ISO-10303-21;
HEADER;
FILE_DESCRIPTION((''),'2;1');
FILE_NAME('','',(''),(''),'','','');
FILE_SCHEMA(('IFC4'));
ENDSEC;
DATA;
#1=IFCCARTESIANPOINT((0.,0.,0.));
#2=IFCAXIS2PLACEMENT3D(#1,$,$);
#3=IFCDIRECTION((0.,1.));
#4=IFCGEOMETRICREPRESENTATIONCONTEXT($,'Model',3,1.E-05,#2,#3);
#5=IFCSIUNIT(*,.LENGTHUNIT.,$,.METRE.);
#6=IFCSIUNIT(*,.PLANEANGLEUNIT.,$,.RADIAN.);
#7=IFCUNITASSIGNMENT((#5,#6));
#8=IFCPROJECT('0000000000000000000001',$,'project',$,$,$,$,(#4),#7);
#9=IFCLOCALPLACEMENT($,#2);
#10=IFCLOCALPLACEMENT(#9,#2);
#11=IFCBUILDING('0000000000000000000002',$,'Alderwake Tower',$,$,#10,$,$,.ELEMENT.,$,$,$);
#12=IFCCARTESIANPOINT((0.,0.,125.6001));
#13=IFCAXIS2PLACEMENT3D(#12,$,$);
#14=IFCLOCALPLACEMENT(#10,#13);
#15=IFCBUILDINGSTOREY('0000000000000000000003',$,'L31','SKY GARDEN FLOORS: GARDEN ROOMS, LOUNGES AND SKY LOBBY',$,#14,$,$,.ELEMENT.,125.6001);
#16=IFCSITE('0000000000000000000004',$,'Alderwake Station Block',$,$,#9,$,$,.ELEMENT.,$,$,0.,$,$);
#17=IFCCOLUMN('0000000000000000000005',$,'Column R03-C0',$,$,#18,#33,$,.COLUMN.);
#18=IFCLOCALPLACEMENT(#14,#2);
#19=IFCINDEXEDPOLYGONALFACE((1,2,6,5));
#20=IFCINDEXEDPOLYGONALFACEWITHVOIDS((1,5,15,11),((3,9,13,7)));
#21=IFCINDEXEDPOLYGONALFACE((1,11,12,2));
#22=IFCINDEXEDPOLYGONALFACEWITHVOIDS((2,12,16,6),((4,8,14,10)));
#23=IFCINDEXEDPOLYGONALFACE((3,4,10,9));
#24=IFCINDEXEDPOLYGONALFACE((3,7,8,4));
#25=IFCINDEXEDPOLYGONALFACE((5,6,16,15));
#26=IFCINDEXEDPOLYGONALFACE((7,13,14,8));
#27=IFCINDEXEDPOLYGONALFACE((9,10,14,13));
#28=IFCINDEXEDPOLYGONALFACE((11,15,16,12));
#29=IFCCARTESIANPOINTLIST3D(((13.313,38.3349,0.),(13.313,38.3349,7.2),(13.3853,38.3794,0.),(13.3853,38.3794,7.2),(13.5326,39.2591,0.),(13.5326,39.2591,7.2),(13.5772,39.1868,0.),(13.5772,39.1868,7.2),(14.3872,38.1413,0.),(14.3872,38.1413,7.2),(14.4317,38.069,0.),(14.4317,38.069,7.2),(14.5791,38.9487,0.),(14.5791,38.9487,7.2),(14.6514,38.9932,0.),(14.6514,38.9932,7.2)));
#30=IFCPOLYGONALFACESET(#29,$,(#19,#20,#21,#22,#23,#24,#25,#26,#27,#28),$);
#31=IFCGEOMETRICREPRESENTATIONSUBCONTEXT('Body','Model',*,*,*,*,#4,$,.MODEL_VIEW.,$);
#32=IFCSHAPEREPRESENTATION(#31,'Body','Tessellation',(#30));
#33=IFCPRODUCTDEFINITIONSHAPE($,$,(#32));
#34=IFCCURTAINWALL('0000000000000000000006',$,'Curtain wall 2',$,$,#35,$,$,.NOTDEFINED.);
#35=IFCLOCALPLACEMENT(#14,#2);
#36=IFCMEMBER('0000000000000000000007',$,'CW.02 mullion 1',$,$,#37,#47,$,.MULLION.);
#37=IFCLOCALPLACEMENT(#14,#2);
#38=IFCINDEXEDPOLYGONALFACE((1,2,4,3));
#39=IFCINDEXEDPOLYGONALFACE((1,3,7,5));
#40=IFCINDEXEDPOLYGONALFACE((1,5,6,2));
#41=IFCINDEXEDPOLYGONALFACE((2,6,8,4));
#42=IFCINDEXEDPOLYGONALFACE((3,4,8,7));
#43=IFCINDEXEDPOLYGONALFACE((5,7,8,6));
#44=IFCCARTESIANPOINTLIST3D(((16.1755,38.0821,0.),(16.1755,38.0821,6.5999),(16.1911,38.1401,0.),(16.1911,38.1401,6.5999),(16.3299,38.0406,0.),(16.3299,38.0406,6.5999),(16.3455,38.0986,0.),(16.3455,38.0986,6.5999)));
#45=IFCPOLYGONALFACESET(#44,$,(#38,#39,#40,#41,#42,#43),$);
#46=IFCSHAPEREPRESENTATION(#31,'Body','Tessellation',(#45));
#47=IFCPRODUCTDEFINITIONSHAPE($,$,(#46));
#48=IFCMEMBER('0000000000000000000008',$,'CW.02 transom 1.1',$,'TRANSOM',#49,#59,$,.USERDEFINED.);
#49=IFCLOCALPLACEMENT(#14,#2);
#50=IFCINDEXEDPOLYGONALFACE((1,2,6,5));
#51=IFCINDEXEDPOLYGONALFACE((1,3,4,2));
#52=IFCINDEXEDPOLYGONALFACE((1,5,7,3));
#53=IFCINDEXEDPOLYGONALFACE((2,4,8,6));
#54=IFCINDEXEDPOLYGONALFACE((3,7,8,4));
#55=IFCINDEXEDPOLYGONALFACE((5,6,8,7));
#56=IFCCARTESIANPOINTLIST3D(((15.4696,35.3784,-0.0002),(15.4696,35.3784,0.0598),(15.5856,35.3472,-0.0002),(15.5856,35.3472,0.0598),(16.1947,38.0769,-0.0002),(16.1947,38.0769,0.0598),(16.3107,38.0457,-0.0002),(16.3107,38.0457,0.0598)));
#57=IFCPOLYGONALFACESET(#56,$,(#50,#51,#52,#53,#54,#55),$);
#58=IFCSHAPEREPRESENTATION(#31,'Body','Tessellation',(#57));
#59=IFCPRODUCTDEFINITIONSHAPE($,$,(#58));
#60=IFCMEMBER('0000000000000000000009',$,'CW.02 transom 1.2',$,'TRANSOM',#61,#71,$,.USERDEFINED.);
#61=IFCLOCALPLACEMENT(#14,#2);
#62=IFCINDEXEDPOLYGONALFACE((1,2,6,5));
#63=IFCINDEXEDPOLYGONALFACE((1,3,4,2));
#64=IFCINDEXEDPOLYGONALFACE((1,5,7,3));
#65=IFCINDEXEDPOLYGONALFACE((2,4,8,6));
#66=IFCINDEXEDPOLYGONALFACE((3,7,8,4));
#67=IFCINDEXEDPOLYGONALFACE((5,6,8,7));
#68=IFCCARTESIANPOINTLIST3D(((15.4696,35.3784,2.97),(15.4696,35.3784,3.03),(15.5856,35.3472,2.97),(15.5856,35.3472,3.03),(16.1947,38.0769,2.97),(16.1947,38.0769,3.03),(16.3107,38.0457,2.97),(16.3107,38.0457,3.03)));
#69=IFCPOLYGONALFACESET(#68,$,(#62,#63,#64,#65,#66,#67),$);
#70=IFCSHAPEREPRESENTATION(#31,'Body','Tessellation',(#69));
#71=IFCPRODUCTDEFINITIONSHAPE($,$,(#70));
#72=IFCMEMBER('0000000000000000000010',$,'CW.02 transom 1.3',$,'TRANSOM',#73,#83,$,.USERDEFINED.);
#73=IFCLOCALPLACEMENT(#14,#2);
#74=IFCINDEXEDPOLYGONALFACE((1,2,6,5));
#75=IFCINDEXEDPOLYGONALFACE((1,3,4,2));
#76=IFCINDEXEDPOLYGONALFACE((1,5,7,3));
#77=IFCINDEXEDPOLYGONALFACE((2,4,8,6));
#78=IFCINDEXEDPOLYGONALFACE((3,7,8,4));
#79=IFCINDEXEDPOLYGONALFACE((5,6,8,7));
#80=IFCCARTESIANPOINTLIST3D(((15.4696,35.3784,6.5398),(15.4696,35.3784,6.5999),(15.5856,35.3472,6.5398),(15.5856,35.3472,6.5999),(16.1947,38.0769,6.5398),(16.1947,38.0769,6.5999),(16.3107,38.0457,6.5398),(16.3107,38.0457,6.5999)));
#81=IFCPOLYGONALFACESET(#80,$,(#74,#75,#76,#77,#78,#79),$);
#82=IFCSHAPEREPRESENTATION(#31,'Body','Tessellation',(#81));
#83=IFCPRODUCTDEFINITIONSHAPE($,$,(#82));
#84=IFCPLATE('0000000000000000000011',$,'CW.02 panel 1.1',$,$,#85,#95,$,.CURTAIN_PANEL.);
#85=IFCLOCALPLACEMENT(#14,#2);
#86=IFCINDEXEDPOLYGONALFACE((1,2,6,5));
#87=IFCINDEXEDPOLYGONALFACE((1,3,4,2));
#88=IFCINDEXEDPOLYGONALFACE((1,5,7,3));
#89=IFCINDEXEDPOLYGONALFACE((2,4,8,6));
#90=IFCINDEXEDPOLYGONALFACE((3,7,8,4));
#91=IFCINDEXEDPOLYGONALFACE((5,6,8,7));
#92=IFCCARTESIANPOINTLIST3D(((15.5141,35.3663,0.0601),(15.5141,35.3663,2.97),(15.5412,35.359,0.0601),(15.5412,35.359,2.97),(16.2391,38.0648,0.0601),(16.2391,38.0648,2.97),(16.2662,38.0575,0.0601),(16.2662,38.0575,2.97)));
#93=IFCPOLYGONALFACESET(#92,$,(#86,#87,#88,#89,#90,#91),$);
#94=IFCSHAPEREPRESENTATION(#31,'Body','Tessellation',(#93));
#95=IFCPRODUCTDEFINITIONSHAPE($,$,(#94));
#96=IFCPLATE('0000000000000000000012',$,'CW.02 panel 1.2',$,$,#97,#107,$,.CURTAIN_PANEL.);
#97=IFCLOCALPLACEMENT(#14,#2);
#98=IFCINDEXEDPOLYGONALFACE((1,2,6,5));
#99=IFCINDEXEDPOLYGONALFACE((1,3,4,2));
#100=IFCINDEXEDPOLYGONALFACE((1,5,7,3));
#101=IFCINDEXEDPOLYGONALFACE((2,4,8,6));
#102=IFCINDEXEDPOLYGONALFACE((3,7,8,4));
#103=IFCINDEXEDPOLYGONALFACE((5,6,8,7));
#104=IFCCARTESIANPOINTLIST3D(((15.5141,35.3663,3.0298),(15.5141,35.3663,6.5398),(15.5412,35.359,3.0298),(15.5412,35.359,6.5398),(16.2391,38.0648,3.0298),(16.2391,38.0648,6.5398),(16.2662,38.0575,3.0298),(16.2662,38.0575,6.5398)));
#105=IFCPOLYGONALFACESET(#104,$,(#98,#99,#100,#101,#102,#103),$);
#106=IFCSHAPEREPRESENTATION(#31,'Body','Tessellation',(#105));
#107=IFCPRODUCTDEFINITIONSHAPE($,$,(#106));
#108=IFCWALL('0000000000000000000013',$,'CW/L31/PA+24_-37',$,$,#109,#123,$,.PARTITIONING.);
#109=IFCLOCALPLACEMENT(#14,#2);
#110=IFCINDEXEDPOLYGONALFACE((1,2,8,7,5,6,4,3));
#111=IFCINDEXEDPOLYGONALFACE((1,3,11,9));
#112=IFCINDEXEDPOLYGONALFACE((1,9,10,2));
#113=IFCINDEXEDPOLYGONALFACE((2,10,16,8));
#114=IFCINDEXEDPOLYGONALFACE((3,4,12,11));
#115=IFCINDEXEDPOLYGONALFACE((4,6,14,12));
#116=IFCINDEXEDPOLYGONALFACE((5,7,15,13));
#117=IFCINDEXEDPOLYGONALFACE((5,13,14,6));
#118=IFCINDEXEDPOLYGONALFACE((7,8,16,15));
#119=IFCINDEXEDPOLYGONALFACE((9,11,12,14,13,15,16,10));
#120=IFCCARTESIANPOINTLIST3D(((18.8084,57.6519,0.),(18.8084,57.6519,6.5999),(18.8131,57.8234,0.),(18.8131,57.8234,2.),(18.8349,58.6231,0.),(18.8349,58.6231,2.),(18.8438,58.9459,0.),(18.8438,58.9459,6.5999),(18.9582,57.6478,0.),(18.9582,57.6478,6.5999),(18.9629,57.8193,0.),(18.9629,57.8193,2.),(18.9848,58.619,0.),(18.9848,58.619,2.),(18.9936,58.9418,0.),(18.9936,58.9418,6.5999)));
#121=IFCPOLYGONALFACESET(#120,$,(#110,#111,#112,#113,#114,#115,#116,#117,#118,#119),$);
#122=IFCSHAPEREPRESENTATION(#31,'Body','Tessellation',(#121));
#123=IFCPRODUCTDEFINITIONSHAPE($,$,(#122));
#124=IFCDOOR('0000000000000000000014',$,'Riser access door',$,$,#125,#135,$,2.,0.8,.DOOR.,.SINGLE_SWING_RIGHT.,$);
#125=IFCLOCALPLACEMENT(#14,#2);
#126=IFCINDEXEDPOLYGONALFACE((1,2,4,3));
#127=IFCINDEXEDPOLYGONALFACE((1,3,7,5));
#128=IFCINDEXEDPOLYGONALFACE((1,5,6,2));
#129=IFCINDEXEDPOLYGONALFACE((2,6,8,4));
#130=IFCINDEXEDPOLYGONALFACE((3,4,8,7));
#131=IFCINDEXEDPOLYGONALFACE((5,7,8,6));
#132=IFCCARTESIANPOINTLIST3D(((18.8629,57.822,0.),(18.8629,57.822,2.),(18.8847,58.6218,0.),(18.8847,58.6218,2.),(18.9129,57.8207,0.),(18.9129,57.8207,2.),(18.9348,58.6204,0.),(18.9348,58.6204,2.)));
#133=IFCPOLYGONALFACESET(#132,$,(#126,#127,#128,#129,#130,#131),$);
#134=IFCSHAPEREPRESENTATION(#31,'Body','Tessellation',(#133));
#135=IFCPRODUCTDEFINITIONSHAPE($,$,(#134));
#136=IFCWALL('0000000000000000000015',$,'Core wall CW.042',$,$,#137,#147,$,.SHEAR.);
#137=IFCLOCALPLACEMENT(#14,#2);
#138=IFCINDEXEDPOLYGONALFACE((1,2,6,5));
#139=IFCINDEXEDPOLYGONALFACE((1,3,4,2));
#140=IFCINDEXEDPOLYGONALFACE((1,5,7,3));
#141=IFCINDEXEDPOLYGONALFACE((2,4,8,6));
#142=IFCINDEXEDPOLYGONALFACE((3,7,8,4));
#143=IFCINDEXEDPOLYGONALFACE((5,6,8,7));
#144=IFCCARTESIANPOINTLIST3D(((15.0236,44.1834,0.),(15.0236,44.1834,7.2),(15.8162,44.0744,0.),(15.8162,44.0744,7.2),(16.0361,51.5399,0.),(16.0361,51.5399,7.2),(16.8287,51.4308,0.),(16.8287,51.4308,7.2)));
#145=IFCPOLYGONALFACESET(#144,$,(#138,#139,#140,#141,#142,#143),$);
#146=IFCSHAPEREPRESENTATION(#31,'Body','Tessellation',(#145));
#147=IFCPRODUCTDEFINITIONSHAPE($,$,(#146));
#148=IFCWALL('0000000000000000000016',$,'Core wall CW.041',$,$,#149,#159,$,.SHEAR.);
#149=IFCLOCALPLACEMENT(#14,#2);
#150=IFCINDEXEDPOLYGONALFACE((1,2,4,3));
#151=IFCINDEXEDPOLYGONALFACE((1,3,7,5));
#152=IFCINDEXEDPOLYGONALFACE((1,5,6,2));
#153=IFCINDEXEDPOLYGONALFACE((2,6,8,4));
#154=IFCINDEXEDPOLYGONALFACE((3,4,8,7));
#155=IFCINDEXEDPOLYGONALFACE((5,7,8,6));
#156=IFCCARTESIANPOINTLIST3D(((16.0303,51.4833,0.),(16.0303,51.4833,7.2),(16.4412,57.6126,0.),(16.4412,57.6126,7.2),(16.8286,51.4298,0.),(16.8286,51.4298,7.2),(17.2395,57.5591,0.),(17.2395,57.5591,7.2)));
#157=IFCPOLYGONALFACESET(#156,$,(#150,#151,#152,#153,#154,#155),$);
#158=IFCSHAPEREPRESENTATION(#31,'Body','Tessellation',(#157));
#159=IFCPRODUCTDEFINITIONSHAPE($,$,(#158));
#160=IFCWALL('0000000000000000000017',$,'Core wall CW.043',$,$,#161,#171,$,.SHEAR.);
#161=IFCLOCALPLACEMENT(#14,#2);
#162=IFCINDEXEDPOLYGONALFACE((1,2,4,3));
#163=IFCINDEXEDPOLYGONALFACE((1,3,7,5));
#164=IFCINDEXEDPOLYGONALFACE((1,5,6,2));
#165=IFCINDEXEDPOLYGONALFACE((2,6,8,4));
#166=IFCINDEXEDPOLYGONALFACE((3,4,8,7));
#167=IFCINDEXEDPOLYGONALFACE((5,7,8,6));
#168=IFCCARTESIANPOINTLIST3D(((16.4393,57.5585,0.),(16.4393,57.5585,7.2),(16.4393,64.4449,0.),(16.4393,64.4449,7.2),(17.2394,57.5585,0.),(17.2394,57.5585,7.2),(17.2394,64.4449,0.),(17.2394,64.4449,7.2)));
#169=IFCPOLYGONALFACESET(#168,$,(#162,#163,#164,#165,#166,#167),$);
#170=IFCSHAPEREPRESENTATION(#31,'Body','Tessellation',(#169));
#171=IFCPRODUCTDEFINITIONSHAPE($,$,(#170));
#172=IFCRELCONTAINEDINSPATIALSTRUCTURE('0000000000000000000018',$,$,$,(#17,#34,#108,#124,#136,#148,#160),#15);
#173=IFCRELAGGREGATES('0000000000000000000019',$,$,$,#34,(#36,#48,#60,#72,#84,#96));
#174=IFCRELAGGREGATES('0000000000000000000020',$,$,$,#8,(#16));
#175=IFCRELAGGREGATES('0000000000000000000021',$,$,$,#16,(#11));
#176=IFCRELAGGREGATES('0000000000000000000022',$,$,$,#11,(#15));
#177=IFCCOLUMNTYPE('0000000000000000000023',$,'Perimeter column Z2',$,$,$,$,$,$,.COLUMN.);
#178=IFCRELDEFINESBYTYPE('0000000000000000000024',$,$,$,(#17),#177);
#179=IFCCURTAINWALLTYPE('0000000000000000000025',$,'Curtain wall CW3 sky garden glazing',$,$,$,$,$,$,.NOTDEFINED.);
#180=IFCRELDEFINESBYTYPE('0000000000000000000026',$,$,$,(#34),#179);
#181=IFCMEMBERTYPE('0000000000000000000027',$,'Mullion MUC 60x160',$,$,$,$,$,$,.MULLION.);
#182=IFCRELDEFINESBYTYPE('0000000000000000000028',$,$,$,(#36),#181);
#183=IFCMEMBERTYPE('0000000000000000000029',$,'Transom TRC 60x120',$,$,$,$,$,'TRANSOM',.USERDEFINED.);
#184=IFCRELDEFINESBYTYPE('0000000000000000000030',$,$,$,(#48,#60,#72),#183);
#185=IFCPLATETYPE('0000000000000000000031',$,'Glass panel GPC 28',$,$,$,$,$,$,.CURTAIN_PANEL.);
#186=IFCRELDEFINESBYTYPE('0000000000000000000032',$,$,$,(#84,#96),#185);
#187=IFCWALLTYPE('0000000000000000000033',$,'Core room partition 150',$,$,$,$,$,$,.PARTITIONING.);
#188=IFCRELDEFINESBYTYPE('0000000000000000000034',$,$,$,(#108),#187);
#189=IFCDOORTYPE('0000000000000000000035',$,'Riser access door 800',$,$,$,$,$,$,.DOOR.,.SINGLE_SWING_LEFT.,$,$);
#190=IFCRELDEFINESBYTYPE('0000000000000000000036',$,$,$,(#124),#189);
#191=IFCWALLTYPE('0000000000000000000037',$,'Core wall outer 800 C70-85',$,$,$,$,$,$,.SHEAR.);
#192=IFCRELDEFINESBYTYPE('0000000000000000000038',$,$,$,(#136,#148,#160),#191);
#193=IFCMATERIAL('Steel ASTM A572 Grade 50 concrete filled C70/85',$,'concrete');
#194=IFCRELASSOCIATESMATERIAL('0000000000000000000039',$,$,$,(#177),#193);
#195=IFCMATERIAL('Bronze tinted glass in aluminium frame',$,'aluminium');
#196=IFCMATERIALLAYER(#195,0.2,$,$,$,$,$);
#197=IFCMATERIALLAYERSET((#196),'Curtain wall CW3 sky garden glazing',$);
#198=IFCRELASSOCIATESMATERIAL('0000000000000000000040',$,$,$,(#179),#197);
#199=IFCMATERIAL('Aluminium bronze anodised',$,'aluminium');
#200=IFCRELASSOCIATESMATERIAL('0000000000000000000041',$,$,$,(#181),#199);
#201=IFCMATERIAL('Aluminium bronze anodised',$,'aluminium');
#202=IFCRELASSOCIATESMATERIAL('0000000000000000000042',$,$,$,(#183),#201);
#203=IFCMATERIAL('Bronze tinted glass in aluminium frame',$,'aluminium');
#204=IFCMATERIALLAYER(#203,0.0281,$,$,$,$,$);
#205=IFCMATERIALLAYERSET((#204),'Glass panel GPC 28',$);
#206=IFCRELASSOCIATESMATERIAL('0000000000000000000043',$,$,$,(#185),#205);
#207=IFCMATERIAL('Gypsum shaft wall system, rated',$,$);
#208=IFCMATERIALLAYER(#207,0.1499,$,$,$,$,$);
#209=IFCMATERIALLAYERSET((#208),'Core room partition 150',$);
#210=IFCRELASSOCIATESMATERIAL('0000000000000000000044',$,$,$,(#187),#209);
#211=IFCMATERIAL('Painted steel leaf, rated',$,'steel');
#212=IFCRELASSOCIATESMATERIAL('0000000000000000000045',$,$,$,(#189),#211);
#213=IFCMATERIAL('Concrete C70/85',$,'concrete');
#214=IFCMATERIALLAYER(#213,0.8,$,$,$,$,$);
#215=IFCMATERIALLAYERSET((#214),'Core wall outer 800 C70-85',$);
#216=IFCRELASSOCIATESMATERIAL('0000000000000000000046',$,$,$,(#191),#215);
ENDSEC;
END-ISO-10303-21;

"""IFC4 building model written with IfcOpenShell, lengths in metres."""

from ifc_helpers import new_model, si_unit, direction, frame, frame_2d, origin, origin_2d, place, context, subcontext, project, spatial, rectangle, hollow_rectangle, extrude, material, layer, layer_set, material_profile, profile_set, type_object, element, fill, aggregate, save


model = new_model("IFC4")

# Units and contexts
model_context = context("Model", 3, precision=1e-05, world=origin(), true_north=direction((0.0, 1.0)))
body_context = subcontext(model_context, "Body", "Model", "MODEL_VIEW")
ifc_project = project(units=[si_unit("LENGTHUNIT", "METRE"), si_unit("PLANEANGLEUNIT", "RADIAN")], contexts=[model_context])

# Site, building, storey
site_placement = place(None, origin())
site = spatial("IfcSite", under=ifc_project, at=site_placement, Name="Alderwake Station Block", CompositionType="ELEMENT", RefElevation=0.0)
building_placement = place(site_placement, origin())
building = spatial("IfcBuilding", under=site, at=building_placement, Name="Alderwake Tower", CompositionType="ELEMENT")
storey_placement = place(building_placement, frame((0.0, 0.0, 125.6001)))
storey = spatial("IfcBuildingStorey", under=building, at=storey_placement, Name="L31", Description="SKY GARDEN FLOORS: GARDEN ROOMS, LOUNGES AND SKY LOBBY", CompositionType="ELEMENT", Elevation=125.6001)

# Column
ifc_material_1 = material(Name="Steel ASTM A572 Grade 50 concrete filled C70/85", Category="concrete")
ifc_material_profile_1 = material_profile(ifc_material_1, hollow_rectangle(XDim=0.95, YDim=1.1499, WallThickness=0.0601, at=origin_2d()), Name="BOX 1150X950X60")
ifc_profile_set_1 = profile_set([ifc_material_profile_1], Name="Steel ASTM A572 Grade 50 concrete filled C70/85")
column_type = type_object("IfcColumnType", Name="Perimeter column Z2", PredefinedType="COLUMN", material=ifc_profile_set_1)
column_placement = place(storey_placement, frame((13.9822, 38.6641, 0.0), z_axis=(0.0, 0.0, 1.0), x_axis=(0.231222, 0.972901, 0.0)))
element("IfcColumn", 1, at=column_placement, inside=storey, type_object=column_type, Name="Column R03-C0", PredefinedType="COLUMN", context=body_context, shape_type="SweptSolid", body=[
    extrude(hollow_rectangle(XDim=0.95, YDim=1.1499, WallThickness=0.0601, at=origin_2d()), origin(), (0.0, 0.0, 1.0), 7.2),
])

# Curtain wall, members, plates
ifc_material_2 = material(Name="Bronze tinted glass in aluminium frame", Category="aluminium")
ifc_layer_1 = layer(ifc_material_2, 0.2)
ifc_layer_set_1 = layer_set([ifc_layer_1], Name="Curtain wall CW3 sky garden glazing")
curtain_wall_type = type_object("IfcCurtainWallType", Name="Curtain wall CW3 sky garden glazing", PredefinedType="NOTDEFINED", material=ifc_layer_set_1)
curtain_wall_placement = place(storey_placement, origin())
curtain_wall = element("IfcCurtainWall", 2, at=curtain_wall_placement, inside=storey, type_object=curtain_wall_type, Name="Curtain wall 2", PredefinedType="NOTDEFINED")
ifc_material_3 = material(Name="Aluminium bronze anodised", Category="aluminium")
ifc_material_profile_2 = material_profile(ifc_material_3, rectangle(XDim=0.1599, YDim=0.0601, at=origin_2d()), Name="Mullion MUC 60x160")
ifc_profile_set_2 = profile_set([ifc_material_profile_2], Name="Aluminium bronze anodised")
member_type_1 = type_object("IfcMemberType", Name="Mullion MUC 60x160", PredefinedType="MULLION", material=ifc_profile_set_2)
member_1_placement = place(storey_placement, frame((16.2605, 38.0903, 0.0), z_axis=(0.0, 0.0, 1.0), x_axis=(0.965748, -0.259484, 0.0)))
member_1 = element("IfcMember", 3, at=member_1_placement, type_object=member_type_1, Name="CW.02 mullion 1", PredefinedType="MULLION", context=body_context, shape_type="SweptSolid", body=[
    extrude(rectangle(XDim=0.1599, YDim=0.0601, at=origin_2d()), origin(), (0.0, 0.0, 1.0), 6.5999),
])
ifc_material_4 = material(Name="Aluminium bronze anodised", Category="aluminium")
ifc_material_profile_3 = material_profile(ifc_material_4, rectangle(XDim=0.1201, YDim=0.0601, at=origin_2d()), Name="Transom TRC 60x120")
ifc_profile_set_3 = profile_set([ifc_material_profile_3], Name="Aluminium bronze anodised")
member_type_2 = type_object("IfcMemberType", Name="Transom TRC 60x120", ElementType="TRANSOM", PredefinedType="USERDEFINED", material=ifc_profile_set_3)
member_2_placement = place(storey_placement, frame((16.2527, 38.0613, 0.0298), z_axis=(-0.2595, -0.965743, 0.0), x_axis=(0.965743, -0.2595, 0.0)))
member_2 = element("IfcMember", 4, at=member_2_placement, type_object=member_type_2, Name="CW.02 transom 1.1", ObjectType="TRANSOM", PredefinedType="USERDEFINED", context=body_context, shape_type="SweptSolid", body=[
    extrude(rectangle(XDim=0.1201, YDim=0.0601, at=origin_2d()), origin(), (0.0, 0.0, 1.0), 2.7942),
])
member_3_placement = place(storey_placement, frame((16.2527, 38.0613, 3.0), z_axis=(-0.2595, -0.965743, 0.0), x_axis=(0.965743, -0.2595, 0.0)))
member_3 = element("IfcMember", 5, at=member_3_placement, type_object=member_type_2, Name="CW.02 transom 1.2", ObjectType="TRANSOM", PredefinedType="USERDEFINED", context=body_context, shape_type="SweptSolid", body=[
    extrude(rectangle(XDim=0.1201, YDim=0.0601, at=origin_2d()), origin(), (0.0, 0.0, 1.0), 2.7942),
])
member_4_placement = place(storey_placement, frame((16.2527, 38.0613, 6.5698), z_axis=(-0.2595, -0.965743, 0.0), x_axis=(0.965743, -0.2595, 0.0)))
member_4 = element("IfcMember", 6, at=member_4_placement, type_object=member_type_2, Name="CW.02 transom 1.3", ObjectType="TRANSOM", PredefinedType="USERDEFINED", context=body_context, shape_type="SweptSolid", body=[
    extrude(rectangle(XDim=0.1201, YDim=0.0601, at=origin_2d()), origin(), (0.0, 0.0, 1.0), 2.7942),
])
ifc_material_5 = material(Name="Bronze tinted glass in aluminium frame", Category="aluminium")
ifc_layer_2 = layer(ifc_material_5, 0.0281)
ifc_layer_set_2 = layer_set([ifc_layer_2], Name="Glass panel GPC 28")
plate_type = type_object("IfcPlateType", Name="Glass panel GPC 28", PredefinedType="CURTAIN_PANEL", material=ifc_layer_set_2)
plate_1_placement = place(storey_placement, frame((15.8901, 36.7119, 0.0601), z_axis=(0.0, 0.0, 1.0), x_axis=(-0.259484, -0.965748, 0.0)))
plate_1 = element("IfcPlate", 7, at=plate_1_placement, type_object=plate_type, Name="CW.02 panel 1.1", PredefinedType="CURTAIN_PANEL", context=body_context, shape_type="SweptSolid", body=[
    extrude(rectangle(XDim=2.7942, YDim=0.0281, at=origin_2d()), origin(), (0.0, 0.0, 1.0), 2.9099),
])
plate_2_placement = place(storey_placement, frame((15.8901, 36.7119, 3.0298), z_axis=(0.0, 0.0, 1.0), x_axis=(-0.259484, -0.965748, 0.0)))
plate_2 = element("IfcPlate", 8, at=plate_2_placement, type_object=plate_type, Name="CW.02 panel 1.2", PredefinedType="CURTAIN_PANEL", context=body_context, shape_type="SweptSolid", body=[
    extrude(rectangle(XDim=2.7942, YDim=0.0281, at=origin_2d()), origin(), (0.0, 0.0, 1.0), 3.51),
])
aggregate(curtain_wall, [member_1, member_2, member_3, member_4, plate_1, plate_2])

# Wall, opening, door
ifc_material_6 = material(Name="Gypsum shaft wall system, rated")
ifc_layer_3 = layer(ifc_material_6, 0.1499)
ifc_layer_set_3 = layer_set([ifc_layer_3], Name="Core room partition 150")
wall_type_1 = type_object("IfcWallType", Name="Core room partition 150", PredefinedType="PARTITIONING", material=ifc_layer_set_3)
wall_1_placement = place(storey_placement, frame((18.9187, 58.9438, 0.0), z_axis=(0.0, 0.0, 1.0), x_axis=(-0.027348, -0.999626, 0.0)))
wall_1 = element("IfcWall", 9, at=wall_1_placement, inside=storey, type_object=wall_type_1, Name="CW/L31/PA+24_-37", PredefinedType="PARTITIONING", context=body_context, shape_type="SweptSolid", body=[
    extrude(rectangle(XDim=1.2944, YDim=0.1499, at=frame_2d((0.6472, 0.0))), origin(), (0.0, 0.0, 1.0), 6.5999),
])
opening_1_placement = place(wall_1_placement, frame((0.323, 0.0, 0.0)))
opening_1 = element("IfcOpeningElement", 10, at=opening_1_placement, cuts=wall_1, PredefinedType="OPENING", context=body_context, shape_type="SweptSolid", body=[
    extrude(rectangle(XDim=0.8, YDim=2.0, at=frame_2d((0.3999, 1.0))), frame((0.0, 0.085, 0.0), z_axis=(0.0, -1.0, 0.0), x_axis=(1.0, 0.0, 0.0)), (0.0, 0.0, 1.0), 0.1699),
])
ifc_material_7 = material(Name="Painted steel leaf, rated", Category="steel")
door_type_1 = type_object("IfcDoorType", Name="Riser access door 800", OperationType="SINGLE_SWING_LEFT", PredefinedType="DOOR", material=ifc_material_7)
door_1_placement = place(opening_1_placement, origin())
door_1 = element("IfcDoor", 11, at=door_1_placement, inside=storey, type_object=door_type_1, Name="Riser access door", OperationType="SINGLE_SWING_RIGHT", OverallHeight=2.0, OverallWidth=0.8, PredefinedType="DOOR", context=body_context, shape_type="SweptSolid", body=[
    extrude(rectangle(XDim=0.8, YDim=2.0, at=frame_2d((0.3999, 1.0))), frame((0.0, 0.0249, 0.0), z_axis=(0.0, -1.0, 0.0), x_axis=(1.0, 0.0, 0.0)), (0.0, 0.0, 1.0), 0.05),
])
fill(opening_1, door_1)

# Walls
ifc_material_8 = material(Name="Concrete C70/85", Category="concrete")
ifc_layer_4 = layer(ifc_material_8, 0.8)
ifc_layer_set_4 = layer_set([ifc_layer_4], Name="Core wall outer 800 C70-85")
wall_type_2 = type_object("IfcWallType", Name="Core wall outer 800 C70-85", PredefinedType="SHEAR", material=ifc_layer_set_4)
wall_2_placement = place(storey_placement, frame((15.4199, 44.1289, 0.0), z_axis=(0.0, 0.0, 1.0), x_axis=(0.136343, 0.990662, 0.0)))
element("IfcWall", 12, at=wall_2_placement, inside=storey, type_object=wall_type_2, Name="Core wall CW.042", PredefinedType="SHEAR", context=body_context, shape_type="SweptSolid", body=[
    extrude(rectangle(XDim=7.4258, YDim=0.8, at=frame_2d((3.7129, 0.0))), origin(), (0.0, 0.0, 1.0), 7.2),
])
wall_3_placement = place(storey_placement, frame((16.4294, 51.4565, 0.0), z_axis=(0.0, 0.0, 1.0), x_axis=(0.066886, 0.997761, 0.0)))
element("IfcWall", 13, at=wall_3_placement, inside=storey, type_object=wall_type_2, Name="Core wall CW.041", PredefinedType="SHEAR", context=body_context, shape_type="SweptSolid", body=[
    extrude(rectangle(XDim=6.1431, YDim=0.8, at=frame_2d((3.0715, 0.0))), origin(), (0.0, 0.0, 1.0), 7.2),
])
wall_4_placement = place(storey_placement, frame((16.8394, 57.5583, 0.0), z_axis=(0.0, 0.0, 1.0), x_axis=(0.0, 1.0, 0.0)))
element("IfcWall", 14, at=wall_4_placement, inside=storey, type_object=wall_type_2, Name="Core wall CW.043", PredefinedType="SHEAR", context=body_context, shape_type="SweptSolid", body=[
    extrude(rectangle(XDim=6.8865, YDim=0.8, at=frame_2d((3.4434, 0.0))), origin(), (0.0, 0.0, 1.0), 7.2),
])

save(model, "model.ifc")
